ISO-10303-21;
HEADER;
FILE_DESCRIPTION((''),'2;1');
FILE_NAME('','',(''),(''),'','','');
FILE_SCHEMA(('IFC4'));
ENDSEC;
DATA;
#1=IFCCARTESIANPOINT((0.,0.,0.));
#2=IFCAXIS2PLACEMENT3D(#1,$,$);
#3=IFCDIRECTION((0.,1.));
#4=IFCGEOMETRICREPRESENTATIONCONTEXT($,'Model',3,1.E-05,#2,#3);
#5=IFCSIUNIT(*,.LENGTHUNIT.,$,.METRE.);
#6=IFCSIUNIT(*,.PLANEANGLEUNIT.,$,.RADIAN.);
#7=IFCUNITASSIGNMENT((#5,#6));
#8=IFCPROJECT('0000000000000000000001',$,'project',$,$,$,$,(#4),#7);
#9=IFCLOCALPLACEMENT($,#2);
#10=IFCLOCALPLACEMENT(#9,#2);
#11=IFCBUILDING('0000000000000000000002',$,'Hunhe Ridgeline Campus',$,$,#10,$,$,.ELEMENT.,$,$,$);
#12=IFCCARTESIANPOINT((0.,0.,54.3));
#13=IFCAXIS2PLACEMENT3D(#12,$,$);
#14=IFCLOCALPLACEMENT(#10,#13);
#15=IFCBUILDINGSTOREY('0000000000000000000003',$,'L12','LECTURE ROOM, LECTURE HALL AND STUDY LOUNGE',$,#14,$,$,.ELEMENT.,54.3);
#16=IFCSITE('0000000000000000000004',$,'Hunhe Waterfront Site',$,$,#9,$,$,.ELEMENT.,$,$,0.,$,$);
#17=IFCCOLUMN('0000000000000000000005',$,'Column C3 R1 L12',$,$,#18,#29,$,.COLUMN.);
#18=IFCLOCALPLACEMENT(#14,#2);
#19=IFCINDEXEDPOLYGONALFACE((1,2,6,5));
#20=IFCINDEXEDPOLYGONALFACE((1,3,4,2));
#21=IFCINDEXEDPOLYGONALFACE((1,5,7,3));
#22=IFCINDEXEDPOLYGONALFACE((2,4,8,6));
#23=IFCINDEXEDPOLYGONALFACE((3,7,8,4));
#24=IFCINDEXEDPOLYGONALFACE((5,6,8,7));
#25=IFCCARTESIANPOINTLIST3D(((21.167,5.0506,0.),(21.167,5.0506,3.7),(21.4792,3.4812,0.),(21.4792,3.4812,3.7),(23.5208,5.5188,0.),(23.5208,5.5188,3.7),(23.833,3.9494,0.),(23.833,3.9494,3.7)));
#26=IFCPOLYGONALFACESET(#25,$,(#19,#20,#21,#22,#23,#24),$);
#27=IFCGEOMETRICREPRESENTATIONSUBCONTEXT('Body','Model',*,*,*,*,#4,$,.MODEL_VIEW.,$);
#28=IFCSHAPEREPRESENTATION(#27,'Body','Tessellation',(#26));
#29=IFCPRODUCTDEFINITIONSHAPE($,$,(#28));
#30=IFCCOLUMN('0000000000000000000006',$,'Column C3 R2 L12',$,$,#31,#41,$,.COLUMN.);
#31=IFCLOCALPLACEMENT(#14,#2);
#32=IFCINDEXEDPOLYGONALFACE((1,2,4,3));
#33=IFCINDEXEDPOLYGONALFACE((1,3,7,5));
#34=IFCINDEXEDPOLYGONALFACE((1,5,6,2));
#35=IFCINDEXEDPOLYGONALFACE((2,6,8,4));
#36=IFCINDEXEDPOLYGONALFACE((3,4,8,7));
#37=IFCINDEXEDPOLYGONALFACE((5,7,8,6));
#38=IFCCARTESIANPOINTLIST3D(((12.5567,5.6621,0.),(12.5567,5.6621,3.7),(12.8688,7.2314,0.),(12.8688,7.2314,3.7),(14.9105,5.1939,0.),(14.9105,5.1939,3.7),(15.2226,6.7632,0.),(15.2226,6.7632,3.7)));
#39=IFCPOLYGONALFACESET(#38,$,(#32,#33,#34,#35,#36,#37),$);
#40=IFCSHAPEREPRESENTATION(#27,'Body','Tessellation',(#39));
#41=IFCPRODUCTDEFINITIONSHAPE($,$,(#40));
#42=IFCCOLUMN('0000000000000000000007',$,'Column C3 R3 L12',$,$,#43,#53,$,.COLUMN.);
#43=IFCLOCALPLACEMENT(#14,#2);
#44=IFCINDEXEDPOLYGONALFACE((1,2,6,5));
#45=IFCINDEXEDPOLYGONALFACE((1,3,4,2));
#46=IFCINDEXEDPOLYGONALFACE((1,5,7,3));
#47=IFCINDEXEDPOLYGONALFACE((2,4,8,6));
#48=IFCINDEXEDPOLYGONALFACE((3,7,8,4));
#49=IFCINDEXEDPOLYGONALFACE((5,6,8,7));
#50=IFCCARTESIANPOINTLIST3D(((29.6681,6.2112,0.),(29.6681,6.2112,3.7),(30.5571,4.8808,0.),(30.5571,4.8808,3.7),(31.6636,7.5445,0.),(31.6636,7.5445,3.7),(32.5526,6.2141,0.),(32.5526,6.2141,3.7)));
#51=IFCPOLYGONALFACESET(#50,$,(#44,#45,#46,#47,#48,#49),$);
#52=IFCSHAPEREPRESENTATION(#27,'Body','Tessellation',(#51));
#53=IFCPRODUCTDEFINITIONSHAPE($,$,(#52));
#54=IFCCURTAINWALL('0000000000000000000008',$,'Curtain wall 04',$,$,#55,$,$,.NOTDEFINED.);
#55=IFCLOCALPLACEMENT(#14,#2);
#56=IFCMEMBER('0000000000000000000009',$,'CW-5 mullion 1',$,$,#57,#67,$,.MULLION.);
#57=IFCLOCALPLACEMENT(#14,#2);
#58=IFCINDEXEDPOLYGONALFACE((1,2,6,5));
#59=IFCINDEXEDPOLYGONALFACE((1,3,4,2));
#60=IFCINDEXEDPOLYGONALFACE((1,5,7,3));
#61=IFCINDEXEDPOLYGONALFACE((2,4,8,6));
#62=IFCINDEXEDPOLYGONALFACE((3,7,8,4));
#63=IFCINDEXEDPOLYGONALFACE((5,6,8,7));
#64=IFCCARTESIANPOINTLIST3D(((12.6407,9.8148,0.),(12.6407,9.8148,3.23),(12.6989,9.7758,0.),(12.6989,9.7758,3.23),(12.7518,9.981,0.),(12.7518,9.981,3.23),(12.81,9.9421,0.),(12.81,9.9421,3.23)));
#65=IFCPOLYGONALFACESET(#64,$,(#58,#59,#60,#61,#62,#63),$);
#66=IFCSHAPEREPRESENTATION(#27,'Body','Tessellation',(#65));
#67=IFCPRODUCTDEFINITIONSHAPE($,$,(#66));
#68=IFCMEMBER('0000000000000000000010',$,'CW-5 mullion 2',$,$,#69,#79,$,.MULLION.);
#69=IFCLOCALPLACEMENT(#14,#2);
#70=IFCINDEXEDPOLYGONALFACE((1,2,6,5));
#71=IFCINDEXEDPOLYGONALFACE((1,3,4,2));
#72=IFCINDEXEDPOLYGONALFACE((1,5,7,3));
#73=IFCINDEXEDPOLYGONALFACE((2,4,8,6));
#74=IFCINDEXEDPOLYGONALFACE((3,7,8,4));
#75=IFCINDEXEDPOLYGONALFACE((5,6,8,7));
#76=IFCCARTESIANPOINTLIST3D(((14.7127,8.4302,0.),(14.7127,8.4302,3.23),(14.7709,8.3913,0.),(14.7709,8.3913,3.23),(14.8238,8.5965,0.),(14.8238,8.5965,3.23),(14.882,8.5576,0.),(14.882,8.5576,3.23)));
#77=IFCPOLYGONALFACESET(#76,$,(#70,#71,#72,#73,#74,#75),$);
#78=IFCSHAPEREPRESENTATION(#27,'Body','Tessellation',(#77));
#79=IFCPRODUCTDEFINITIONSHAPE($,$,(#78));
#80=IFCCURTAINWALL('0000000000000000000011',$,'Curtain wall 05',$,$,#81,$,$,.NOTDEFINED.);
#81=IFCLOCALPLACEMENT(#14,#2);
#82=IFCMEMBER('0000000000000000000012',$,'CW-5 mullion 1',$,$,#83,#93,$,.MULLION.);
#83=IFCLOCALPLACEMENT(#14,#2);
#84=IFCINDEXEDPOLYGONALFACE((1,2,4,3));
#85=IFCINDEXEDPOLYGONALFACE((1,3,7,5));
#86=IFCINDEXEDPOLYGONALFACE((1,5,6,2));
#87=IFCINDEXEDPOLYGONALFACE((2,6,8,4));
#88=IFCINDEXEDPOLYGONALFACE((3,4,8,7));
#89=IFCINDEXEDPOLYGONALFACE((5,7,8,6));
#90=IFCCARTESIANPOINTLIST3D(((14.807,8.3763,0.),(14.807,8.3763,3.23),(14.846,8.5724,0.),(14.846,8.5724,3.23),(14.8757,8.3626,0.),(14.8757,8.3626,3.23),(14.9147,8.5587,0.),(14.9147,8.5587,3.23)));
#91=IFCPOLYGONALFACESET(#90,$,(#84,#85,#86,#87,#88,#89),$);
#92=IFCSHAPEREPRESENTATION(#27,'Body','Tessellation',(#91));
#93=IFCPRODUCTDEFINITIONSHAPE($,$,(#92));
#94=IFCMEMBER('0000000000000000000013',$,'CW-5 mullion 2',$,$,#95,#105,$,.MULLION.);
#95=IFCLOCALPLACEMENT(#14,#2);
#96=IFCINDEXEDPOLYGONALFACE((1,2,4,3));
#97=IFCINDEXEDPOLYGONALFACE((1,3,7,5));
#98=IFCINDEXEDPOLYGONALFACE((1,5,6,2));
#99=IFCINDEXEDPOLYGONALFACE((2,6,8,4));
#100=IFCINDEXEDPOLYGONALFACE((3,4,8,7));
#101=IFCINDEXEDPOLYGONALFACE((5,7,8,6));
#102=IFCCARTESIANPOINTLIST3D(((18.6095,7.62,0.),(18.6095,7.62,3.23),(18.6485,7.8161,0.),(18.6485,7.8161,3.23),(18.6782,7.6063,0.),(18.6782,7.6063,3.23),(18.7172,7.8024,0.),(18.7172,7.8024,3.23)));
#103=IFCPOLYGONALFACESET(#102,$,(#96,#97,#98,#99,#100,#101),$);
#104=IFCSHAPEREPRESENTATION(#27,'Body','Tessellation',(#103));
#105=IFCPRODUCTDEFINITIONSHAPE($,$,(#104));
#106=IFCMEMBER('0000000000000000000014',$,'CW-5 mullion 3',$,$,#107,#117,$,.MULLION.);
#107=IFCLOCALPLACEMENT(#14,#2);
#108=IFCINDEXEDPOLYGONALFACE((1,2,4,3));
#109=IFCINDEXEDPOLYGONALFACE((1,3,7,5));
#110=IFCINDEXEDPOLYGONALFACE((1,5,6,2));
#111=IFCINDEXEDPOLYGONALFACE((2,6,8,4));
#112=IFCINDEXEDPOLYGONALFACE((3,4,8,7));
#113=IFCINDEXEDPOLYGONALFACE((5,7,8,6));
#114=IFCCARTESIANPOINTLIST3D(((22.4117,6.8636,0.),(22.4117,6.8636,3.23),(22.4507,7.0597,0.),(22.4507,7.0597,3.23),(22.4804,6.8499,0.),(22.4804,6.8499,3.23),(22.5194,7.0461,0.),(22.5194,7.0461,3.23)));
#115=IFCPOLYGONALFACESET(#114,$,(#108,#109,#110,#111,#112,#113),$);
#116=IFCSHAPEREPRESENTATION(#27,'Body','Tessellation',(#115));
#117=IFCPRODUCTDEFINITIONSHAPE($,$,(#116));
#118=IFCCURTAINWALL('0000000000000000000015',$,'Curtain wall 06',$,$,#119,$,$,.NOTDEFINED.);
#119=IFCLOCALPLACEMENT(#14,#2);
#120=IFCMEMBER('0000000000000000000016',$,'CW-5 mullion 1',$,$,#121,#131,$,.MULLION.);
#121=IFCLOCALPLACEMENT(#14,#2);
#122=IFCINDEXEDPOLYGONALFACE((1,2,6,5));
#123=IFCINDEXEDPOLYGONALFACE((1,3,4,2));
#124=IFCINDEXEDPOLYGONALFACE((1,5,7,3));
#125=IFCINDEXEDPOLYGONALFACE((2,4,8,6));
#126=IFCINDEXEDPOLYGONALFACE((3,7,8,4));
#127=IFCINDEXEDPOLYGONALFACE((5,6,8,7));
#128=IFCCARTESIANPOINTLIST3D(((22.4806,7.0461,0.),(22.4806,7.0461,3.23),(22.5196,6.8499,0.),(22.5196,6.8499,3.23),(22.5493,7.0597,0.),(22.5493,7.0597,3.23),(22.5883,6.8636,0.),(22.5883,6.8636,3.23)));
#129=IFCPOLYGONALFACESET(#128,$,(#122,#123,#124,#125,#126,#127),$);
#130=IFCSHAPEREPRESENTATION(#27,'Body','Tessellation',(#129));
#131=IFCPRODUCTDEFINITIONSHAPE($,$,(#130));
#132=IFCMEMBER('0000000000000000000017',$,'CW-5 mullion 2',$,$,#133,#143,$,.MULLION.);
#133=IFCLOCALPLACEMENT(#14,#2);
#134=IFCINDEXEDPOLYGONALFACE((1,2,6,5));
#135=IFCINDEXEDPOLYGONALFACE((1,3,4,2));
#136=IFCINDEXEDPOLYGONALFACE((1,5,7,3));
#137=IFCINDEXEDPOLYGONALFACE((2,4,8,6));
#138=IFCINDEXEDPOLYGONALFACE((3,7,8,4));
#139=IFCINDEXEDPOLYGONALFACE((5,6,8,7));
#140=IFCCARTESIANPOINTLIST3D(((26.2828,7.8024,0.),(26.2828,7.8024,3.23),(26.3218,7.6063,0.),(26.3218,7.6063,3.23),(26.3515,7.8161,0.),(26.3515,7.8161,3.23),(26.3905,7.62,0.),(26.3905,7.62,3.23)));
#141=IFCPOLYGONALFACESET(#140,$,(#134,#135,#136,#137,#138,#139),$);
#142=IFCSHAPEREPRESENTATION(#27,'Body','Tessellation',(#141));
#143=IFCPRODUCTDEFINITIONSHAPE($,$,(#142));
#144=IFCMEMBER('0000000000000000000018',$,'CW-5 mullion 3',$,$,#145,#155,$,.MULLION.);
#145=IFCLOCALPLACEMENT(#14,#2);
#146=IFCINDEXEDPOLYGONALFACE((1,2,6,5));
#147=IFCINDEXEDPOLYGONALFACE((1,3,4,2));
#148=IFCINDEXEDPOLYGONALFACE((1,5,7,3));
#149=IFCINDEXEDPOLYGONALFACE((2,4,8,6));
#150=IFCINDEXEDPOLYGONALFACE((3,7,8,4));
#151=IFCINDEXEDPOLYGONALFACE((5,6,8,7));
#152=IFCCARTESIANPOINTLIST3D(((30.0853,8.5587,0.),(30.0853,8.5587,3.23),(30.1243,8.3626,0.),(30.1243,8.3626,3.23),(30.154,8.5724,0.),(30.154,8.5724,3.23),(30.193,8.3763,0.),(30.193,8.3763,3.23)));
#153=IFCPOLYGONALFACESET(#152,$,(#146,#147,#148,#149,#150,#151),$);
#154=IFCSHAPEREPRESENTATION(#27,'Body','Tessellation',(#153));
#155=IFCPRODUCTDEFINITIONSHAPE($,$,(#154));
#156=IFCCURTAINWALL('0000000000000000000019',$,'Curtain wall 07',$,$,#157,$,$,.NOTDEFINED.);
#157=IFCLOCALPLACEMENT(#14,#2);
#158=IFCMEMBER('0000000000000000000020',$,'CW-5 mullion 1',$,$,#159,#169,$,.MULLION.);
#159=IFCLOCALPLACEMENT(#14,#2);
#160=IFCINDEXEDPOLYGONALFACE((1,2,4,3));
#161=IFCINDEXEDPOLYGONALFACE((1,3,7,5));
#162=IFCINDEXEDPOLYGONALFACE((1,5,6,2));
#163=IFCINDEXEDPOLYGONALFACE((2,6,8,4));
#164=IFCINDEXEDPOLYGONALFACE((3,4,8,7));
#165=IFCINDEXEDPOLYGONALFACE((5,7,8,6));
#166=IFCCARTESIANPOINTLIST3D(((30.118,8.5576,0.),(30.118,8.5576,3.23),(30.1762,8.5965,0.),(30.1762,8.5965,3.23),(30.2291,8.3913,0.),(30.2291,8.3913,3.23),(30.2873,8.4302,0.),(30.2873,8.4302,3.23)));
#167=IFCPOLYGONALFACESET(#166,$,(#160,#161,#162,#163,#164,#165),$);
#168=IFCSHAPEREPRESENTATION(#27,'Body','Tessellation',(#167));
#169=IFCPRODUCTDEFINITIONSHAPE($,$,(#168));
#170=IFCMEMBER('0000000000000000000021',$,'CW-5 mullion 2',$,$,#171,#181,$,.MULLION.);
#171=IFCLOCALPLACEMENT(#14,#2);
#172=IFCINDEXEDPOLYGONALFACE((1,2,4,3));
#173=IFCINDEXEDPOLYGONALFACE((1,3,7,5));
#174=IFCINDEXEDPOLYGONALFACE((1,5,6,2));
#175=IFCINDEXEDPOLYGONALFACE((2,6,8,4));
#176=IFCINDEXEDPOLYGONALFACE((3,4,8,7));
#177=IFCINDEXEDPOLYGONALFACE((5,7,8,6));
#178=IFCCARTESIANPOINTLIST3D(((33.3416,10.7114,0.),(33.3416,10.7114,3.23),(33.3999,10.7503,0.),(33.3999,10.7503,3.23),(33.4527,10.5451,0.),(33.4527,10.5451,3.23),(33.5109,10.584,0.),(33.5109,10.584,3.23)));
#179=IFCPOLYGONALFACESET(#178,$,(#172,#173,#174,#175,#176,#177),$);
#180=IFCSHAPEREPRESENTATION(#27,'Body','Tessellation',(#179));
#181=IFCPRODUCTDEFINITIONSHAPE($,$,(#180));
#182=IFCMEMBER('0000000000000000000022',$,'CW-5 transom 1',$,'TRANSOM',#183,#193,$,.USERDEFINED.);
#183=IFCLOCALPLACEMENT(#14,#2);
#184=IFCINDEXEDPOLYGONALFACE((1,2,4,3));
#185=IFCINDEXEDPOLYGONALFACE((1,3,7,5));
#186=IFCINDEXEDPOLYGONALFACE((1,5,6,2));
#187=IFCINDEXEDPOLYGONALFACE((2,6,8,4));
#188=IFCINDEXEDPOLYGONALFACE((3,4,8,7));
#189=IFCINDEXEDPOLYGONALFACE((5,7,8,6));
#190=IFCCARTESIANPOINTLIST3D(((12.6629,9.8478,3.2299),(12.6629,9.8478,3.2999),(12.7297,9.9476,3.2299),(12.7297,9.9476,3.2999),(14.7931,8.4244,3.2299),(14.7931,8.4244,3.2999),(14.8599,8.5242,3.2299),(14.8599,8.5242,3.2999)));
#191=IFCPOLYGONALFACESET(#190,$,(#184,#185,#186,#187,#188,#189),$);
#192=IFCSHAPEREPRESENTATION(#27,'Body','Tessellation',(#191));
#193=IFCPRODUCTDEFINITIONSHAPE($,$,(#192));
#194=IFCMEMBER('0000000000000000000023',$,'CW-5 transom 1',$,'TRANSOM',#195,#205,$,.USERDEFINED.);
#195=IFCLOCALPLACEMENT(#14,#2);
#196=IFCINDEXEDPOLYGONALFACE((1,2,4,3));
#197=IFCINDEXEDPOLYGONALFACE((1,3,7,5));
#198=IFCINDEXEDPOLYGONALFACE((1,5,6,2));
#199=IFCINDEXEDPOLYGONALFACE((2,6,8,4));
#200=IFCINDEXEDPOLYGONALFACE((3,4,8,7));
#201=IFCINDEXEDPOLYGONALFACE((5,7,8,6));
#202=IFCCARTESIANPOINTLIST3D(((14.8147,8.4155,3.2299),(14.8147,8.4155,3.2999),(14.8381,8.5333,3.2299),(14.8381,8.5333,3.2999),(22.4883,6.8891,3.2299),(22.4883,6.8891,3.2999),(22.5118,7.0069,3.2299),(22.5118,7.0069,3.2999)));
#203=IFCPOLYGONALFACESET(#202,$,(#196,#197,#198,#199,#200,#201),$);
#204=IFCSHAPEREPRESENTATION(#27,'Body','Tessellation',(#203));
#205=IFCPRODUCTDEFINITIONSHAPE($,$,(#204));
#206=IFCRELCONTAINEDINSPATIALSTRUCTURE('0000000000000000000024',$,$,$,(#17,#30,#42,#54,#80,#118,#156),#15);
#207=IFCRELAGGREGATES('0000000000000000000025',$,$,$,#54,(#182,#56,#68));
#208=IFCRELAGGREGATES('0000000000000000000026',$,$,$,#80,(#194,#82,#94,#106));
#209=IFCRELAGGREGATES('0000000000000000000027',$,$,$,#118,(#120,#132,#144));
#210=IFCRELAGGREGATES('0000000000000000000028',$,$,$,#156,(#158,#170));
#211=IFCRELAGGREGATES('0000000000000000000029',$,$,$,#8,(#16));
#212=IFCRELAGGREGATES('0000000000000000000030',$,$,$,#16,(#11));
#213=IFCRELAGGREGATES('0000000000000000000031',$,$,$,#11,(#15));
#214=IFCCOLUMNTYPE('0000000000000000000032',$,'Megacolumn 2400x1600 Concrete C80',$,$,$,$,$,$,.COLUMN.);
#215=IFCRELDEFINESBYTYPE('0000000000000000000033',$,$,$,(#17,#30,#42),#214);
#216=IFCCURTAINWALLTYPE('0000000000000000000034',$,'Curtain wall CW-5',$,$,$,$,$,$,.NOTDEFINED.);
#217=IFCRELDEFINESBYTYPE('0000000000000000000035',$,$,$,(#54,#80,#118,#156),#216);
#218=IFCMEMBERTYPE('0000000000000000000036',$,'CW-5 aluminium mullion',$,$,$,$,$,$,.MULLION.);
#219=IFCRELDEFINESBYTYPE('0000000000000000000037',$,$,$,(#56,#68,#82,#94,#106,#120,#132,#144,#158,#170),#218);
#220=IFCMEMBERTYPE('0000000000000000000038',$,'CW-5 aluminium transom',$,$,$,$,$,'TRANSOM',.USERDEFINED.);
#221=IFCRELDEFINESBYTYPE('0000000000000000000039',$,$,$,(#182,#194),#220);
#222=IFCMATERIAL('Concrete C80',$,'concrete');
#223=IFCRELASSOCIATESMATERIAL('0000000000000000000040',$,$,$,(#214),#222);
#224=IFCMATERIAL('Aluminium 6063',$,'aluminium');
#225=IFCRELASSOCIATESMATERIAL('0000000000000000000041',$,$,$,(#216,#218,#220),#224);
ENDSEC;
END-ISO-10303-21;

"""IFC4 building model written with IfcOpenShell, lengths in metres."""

from ifc_helpers import new_model, si_unit, direction, frame, origin, origin_2d, place, context, subcontext, project, spatial, rectangle, extrude, material, material_profile, profile_set, type_object, element, aggregate, save


model = new_model("IFC4")

# Units and contexts
model_context = context("Model", 3, precision=1e-05, world=origin(), true_north=direction((0.0, 1.0)))
body_context = subcontext(model_context, "Body", "Model", "MODEL_VIEW")
ifc_project = project(units=[si_unit("LENGTHUNIT", "METRE"), si_unit("PLANEANGLEUNIT", "RADIAN")], contexts=[model_context])

# Site, building, storey
site_placement = place(None, origin())
site = spatial("IfcSite", under=ifc_project, at=site_placement, Name="Hunhe Waterfront Site", CompositionType="ELEMENT", RefElevation=0.0)
building_placement = place(site_placement, origin())
building = spatial("IfcBuilding", under=site, at=building_placement, Name="Hunhe Ridgeline Campus", CompositionType="ELEMENT")
storey_placement = place(building_placement, frame((0.0, 0.0, 54.3)))
storey = spatial("IfcBuildingStorey", under=building, at=storey_placement, Name="L12", Description="LECTURE ROOM, LECTURE HALL AND STUDY LOUNGE", CompositionType="ELEMENT", Elevation=54.3)

# Columns
ifc_material_1 = material(Name="Concrete C80", Category="concrete")
ifc_material_profile_1 = material_profile(ifc_material_1, rectangle(XDim=2.3999, YDim=1.6001, at=origin_2d()))
ifc_profile_set_1 = profile_set([ifc_material_profile_1], Name="Concrete C80")
column_type = type_object("IfcColumnType", Name="Megacolumn 2400x1600 Concrete C80", PredefinedType="COLUMN", material=ifc_profile_set_1)
for number, where, z_axis, x_axis, name in (
    (1, (22.5, 4.5, 0.0), (0.0, 0.0, 1.0), (0.980785, 0.19509, 0.0), "Column C3 R1 L12"),
    (2, (13.8896, 6.2126, 0.0), (0.0, 0.0, 1.0), (-0.980785, 0.19509, 0.0), "Column C3 R2 L12"),
    (3, (31.1104, 6.2126, 0.0), (0.0, 0.0, 1.0), (0.83147, 0.55557, 0.0), "Column C3 R3 L12"),
):
    element("IfcColumn", number, at=place(storey_placement, frame(where, z_axis=z_axis, x_axis=x_axis)), inside=storey, type_object=column_type, Name=name, PredefinedType="COLUMN", context=body_context, shape_type="SweptSolid", body=[
        extrude(rectangle(XDim=2.3999, YDim=1.6001, at=origin_2d()), origin(), (0.0, 0.0, 1.0), 3.7),
    ])

# Curtain walls, members
ifc_material_2 = material(Name="Aluminium 6063", Category="aluminium")
curtain_wall_type = type_object("IfcCurtainWallType", Name="Curtain wall CW-5", PredefinedType="NOTDEFINED", material=ifc_material_2)
curtain_wall_1_placement = place(storey_placement, origin())
curtain_wall_1 = element("IfcCurtainWall", 4, at=curtain_wall_1_placement, inside=storey, type_object=curtain_wall_type, Name="Curtain wall 04", PredefinedType="NOTDEFINED")
ifc_material_profile_2 = material_profile(ifc_material_2, rectangle(XDim=0.2, YDim=0.0701, at=origin_2d()))
ifc_profile_set_2 = profile_set([ifc_material_profile_2], Name="Aluminium 6063")
member_type_1 = type_object("IfcMemberType", Name="CW-5 aluminium mullion", PredefinedType="MULLION", material=ifc_profile_set_2)
member_1_placement = place(storey_placement, frame((12.7253, 9.8784, 0.0), z_axis=(0.0, 0.0, 1.0), x_axis=(0.55557, 0.83147, 0.0)))
member_1 = element("IfcMember", 5, at=member_1_placement, type_object=member_type_1, Name="CW-5 mullion 1", PredefinedType="MULLION", context=body_context, shape_type="SweptSolid", body=[
    extrude(rectangle(XDim=0.2, YDim=0.0701, at=origin_2d()), origin(), (0.0, 0.0, 1.0), 3.23),
])
member_2_placement = place(storey_placement, frame((14.7974, 8.4939, 0.0), z_axis=(0.0, 0.0, 1.0), x_axis=(0.55557, 0.83147, 0.0)))
member_2 = element("IfcMember", 6, at=member_2_placement, type_object=member_type_1, Name="CW-5 mullion 2", PredefinedType="MULLION", context=body_context, shape_type="SweptSolid", body=[
    extrude(rectangle(XDim=0.2, YDim=0.0701, at=origin_2d()), origin(), (0.0, 0.0, 1.0), 3.23),
])
curtain_wall_2_placement = place(storey_placement, origin())
curtain_wall_2 = element("IfcCurtainWall", 7, at=curtain_wall_2_placement, inside=storey, type_object=curtain_wall_type, Name="Curtain wall 05", PredefinedType="NOTDEFINED")
member_3_placement = place(storey_placement, frame((14.8608, 8.4675, 0.0), z_axis=(0.0, 0.0, 1.0), x_axis=(0.19509, 0.980785, 0.0)))
member_3 = element("IfcMember", 8, at=member_3_placement, type_object=member_type_1, Name="CW-5 mullion 1", PredefinedType="MULLION", context=body_context, shape_type="SweptSolid", body=[
    extrude(rectangle(XDim=0.2, YDim=0.0701, at=origin_2d()), origin(), (0.0, 0.0, 1.0), 3.23),
])
member_4_placement = place(storey_placement, frame((18.6633, 7.7112, 0.0), z_axis=(0.0, 0.0, 1.0), x_axis=(0.19509, 0.980785, 0.0)))
member_4 = element("IfcMember", 9, at=member_4_placement, type_object=member_type_1, Name="CW-5 mullion 2", PredefinedType="MULLION", context=body_context, shape_type="SweptSolid", body=[
    extrude(rectangle(XDim=0.2, YDim=0.0701, at=origin_2d()), origin(), (0.0, 0.0, 1.0), 3.23),
])
member_5_placement = place(storey_placement, frame((22.4656, 6.9548, 0.0), z_axis=(0.0, 0.0, 1.0), x_axis=(0.19509, 0.980785, 0.0)))
member_5 = element("IfcMember", 10, at=member_5_placement, type_object=member_type_1, Name="CW-5 mullion 3", PredefinedType="MULLION", context=body_context, shape_type="SweptSolid", body=[
    extrude(rectangle(XDim=0.2, YDim=0.0701, at=origin_2d()), origin(), (0.0, 0.0, 1.0), 3.23),
])
curtain_wall_3_placement = place(storey_placement, origin())
curtain_wall_3 = element("IfcCurtainWall", 11, at=curtain_wall_3_placement, inside=storey, type_object=curtain_wall_type, Name="Curtain wall 06", PredefinedType="NOTDEFINED")
member_6_placement = place(storey_placement, frame((22.5344, 6.9548, 0.0), z_axis=(0.0, 0.0, 1.0), x_axis=(-0.19509, 0.980785, 0.0)))
member_6 = element("IfcMember", 12, at=member_6_placement, type_object=member_type_1, Name="CW-5 mullion 1", PredefinedType="MULLION", context=body_context, shape_type="SweptSolid", body=[
    extrude(rectangle(XDim=0.2, YDim=0.0701, at=origin_2d()), origin(), (0.0, 0.0, 1.0), 3.23),
])
member_7_placement = place(storey_placement, frame((26.3367, 7.7112, 0.0), z_axis=(0.0, 0.0, 1.0), x_axis=(-0.19509, 0.980785, 0.0)))
member_7 = element("IfcMember", 13, at=member_7_placement, type_object=member_type_1, Name="CW-5 mullion 2", PredefinedType="MULLION", context=body_context, shape_type="SweptSolid", body=[
    extrude(rectangle(XDim=0.2, YDim=0.0701, at=origin_2d()), origin(), (0.0, 0.0, 1.0), 3.23),
])
member_8_placement = place(storey_placement, frame((30.1392, 8.4675, 0.0), z_axis=(0.0, 0.0, 1.0), x_axis=(-0.19509, 0.980785, 0.0)))
member_8 = element("IfcMember", 14, at=member_8_placement, type_object=member_type_1, Name="CW-5 mullion 3", PredefinedType="MULLION", context=body_context, shape_type="SweptSolid", body=[
    extrude(rectangle(XDim=0.2, YDim=0.0701, at=origin_2d()), origin(), (0.0, 0.0, 1.0), 3.23),
])
curtain_wall_4_placement = place(storey_placement, origin())
curtain_wall_4 = element("IfcCurtainWall", 15, at=curtain_wall_4_placement, inside=storey, type_object=curtain_wall_type, Name="Curtain wall 07", PredefinedType="NOTDEFINED")
member_9_placement = place(storey_placement, frame((30.2026, 8.4939, 0.0), z_axis=(0.0, 0.0, 1.0), x_axis=(-0.55557, 0.83147, 0.0)))
member_9 = element("IfcMember", 16, at=member_9_placement, type_object=member_type_1, Name="CW-5 mullion 1", PredefinedType="MULLION", context=body_context, shape_type="SweptSolid", body=[
    extrude(rectangle(XDim=0.2, YDim=0.0701, at=origin_2d()), origin(), (0.0, 0.0, 1.0), 3.23),
])
member_10_placement = place(storey_placement, frame((33.4263, 10.6477, 0.0), z_axis=(0.0, 0.0, 1.0), x_axis=(-0.55557, 0.83147, 0.0)))
member_10 = element("IfcMember", 17, at=member_10_placement, type_object=member_type_1, Name="CW-5 mullion 2", PredefinedType="MULLION", context=body_context, shape_type="SweptSolid", body=[
    extrude(rectangle(XDim=0.2, YDim=0.0701, at=origin_2d()), origin(), (0.0, 0.0, 1.0), 3.23),
])

# Members
ifc_material_profile_3 = material_profile(ifc_material_2, rectangle(XDim=0.1201, YDim=0.0701, at=origin_2d()))
ifc_profile_set_3 = profile_set([ifc_material_profile_3], Name="Aluminium 6063")
member_type_2 = type_object("IfcMemberType", Name="CW-5 aluminium transom", ElementType="TRANSOM", PredefinedType="USERDEFINED", material=ifc_profile_set_3)
member_11_placement = place(storey_placement, frame((12.6963, 9.8977, 3.2649), z_axis=(0.831463, -0.55558, 0.0), x_axis=(0.55558, 0.831463, 0.0)))
member_11 = element("IfcMember", 18, at=member_11_placement, type_object=member_type_2, Name="CW-5 transom 1", ObjectType="TRANSOM", PredefinedType="USERDEFINED", context=body_context, shape_type="SweptSolid", body=[
    extrude(rectangle(XDim=0.1201, YDim=0.0701, at=origin_2d()), origin(), (0.0, 0.0, 1.0), 2.562),
])
member_12_placement = place(storey_placement, frame((14.8264, 8.4744, 3.2649), z_axis=(0.980785, -0.19509, 0.0), x_axis=(0.19509, 0.980785, 0.0)))
member_12 = element("IfcMember", 19, at=member_12_placement, type_object=member_type_2, Name="CW-5 transom 1", ObjectType="TRANSOM", PredefinedType="USERDEFINED", context=body_context, shape_type="SweptSolid", body=[
    extrude(rectangle(XDim=0.1201, YDim=0.0701, at=origin_2d()), origin(), (0.0, 0.0, 1.0), 7.824),
])

aggregate(curtain_wall_1, [member_11, member_1, member_2])
aggregate(curtain_wall_2, [member_12, member_3, member_4, member_5])
aggregate(curtain_wall_3, [member_6, member_7, member_8])
aggregate(curtain_wall_4, [member_9, member_10])

save(model, "model.ifc")
